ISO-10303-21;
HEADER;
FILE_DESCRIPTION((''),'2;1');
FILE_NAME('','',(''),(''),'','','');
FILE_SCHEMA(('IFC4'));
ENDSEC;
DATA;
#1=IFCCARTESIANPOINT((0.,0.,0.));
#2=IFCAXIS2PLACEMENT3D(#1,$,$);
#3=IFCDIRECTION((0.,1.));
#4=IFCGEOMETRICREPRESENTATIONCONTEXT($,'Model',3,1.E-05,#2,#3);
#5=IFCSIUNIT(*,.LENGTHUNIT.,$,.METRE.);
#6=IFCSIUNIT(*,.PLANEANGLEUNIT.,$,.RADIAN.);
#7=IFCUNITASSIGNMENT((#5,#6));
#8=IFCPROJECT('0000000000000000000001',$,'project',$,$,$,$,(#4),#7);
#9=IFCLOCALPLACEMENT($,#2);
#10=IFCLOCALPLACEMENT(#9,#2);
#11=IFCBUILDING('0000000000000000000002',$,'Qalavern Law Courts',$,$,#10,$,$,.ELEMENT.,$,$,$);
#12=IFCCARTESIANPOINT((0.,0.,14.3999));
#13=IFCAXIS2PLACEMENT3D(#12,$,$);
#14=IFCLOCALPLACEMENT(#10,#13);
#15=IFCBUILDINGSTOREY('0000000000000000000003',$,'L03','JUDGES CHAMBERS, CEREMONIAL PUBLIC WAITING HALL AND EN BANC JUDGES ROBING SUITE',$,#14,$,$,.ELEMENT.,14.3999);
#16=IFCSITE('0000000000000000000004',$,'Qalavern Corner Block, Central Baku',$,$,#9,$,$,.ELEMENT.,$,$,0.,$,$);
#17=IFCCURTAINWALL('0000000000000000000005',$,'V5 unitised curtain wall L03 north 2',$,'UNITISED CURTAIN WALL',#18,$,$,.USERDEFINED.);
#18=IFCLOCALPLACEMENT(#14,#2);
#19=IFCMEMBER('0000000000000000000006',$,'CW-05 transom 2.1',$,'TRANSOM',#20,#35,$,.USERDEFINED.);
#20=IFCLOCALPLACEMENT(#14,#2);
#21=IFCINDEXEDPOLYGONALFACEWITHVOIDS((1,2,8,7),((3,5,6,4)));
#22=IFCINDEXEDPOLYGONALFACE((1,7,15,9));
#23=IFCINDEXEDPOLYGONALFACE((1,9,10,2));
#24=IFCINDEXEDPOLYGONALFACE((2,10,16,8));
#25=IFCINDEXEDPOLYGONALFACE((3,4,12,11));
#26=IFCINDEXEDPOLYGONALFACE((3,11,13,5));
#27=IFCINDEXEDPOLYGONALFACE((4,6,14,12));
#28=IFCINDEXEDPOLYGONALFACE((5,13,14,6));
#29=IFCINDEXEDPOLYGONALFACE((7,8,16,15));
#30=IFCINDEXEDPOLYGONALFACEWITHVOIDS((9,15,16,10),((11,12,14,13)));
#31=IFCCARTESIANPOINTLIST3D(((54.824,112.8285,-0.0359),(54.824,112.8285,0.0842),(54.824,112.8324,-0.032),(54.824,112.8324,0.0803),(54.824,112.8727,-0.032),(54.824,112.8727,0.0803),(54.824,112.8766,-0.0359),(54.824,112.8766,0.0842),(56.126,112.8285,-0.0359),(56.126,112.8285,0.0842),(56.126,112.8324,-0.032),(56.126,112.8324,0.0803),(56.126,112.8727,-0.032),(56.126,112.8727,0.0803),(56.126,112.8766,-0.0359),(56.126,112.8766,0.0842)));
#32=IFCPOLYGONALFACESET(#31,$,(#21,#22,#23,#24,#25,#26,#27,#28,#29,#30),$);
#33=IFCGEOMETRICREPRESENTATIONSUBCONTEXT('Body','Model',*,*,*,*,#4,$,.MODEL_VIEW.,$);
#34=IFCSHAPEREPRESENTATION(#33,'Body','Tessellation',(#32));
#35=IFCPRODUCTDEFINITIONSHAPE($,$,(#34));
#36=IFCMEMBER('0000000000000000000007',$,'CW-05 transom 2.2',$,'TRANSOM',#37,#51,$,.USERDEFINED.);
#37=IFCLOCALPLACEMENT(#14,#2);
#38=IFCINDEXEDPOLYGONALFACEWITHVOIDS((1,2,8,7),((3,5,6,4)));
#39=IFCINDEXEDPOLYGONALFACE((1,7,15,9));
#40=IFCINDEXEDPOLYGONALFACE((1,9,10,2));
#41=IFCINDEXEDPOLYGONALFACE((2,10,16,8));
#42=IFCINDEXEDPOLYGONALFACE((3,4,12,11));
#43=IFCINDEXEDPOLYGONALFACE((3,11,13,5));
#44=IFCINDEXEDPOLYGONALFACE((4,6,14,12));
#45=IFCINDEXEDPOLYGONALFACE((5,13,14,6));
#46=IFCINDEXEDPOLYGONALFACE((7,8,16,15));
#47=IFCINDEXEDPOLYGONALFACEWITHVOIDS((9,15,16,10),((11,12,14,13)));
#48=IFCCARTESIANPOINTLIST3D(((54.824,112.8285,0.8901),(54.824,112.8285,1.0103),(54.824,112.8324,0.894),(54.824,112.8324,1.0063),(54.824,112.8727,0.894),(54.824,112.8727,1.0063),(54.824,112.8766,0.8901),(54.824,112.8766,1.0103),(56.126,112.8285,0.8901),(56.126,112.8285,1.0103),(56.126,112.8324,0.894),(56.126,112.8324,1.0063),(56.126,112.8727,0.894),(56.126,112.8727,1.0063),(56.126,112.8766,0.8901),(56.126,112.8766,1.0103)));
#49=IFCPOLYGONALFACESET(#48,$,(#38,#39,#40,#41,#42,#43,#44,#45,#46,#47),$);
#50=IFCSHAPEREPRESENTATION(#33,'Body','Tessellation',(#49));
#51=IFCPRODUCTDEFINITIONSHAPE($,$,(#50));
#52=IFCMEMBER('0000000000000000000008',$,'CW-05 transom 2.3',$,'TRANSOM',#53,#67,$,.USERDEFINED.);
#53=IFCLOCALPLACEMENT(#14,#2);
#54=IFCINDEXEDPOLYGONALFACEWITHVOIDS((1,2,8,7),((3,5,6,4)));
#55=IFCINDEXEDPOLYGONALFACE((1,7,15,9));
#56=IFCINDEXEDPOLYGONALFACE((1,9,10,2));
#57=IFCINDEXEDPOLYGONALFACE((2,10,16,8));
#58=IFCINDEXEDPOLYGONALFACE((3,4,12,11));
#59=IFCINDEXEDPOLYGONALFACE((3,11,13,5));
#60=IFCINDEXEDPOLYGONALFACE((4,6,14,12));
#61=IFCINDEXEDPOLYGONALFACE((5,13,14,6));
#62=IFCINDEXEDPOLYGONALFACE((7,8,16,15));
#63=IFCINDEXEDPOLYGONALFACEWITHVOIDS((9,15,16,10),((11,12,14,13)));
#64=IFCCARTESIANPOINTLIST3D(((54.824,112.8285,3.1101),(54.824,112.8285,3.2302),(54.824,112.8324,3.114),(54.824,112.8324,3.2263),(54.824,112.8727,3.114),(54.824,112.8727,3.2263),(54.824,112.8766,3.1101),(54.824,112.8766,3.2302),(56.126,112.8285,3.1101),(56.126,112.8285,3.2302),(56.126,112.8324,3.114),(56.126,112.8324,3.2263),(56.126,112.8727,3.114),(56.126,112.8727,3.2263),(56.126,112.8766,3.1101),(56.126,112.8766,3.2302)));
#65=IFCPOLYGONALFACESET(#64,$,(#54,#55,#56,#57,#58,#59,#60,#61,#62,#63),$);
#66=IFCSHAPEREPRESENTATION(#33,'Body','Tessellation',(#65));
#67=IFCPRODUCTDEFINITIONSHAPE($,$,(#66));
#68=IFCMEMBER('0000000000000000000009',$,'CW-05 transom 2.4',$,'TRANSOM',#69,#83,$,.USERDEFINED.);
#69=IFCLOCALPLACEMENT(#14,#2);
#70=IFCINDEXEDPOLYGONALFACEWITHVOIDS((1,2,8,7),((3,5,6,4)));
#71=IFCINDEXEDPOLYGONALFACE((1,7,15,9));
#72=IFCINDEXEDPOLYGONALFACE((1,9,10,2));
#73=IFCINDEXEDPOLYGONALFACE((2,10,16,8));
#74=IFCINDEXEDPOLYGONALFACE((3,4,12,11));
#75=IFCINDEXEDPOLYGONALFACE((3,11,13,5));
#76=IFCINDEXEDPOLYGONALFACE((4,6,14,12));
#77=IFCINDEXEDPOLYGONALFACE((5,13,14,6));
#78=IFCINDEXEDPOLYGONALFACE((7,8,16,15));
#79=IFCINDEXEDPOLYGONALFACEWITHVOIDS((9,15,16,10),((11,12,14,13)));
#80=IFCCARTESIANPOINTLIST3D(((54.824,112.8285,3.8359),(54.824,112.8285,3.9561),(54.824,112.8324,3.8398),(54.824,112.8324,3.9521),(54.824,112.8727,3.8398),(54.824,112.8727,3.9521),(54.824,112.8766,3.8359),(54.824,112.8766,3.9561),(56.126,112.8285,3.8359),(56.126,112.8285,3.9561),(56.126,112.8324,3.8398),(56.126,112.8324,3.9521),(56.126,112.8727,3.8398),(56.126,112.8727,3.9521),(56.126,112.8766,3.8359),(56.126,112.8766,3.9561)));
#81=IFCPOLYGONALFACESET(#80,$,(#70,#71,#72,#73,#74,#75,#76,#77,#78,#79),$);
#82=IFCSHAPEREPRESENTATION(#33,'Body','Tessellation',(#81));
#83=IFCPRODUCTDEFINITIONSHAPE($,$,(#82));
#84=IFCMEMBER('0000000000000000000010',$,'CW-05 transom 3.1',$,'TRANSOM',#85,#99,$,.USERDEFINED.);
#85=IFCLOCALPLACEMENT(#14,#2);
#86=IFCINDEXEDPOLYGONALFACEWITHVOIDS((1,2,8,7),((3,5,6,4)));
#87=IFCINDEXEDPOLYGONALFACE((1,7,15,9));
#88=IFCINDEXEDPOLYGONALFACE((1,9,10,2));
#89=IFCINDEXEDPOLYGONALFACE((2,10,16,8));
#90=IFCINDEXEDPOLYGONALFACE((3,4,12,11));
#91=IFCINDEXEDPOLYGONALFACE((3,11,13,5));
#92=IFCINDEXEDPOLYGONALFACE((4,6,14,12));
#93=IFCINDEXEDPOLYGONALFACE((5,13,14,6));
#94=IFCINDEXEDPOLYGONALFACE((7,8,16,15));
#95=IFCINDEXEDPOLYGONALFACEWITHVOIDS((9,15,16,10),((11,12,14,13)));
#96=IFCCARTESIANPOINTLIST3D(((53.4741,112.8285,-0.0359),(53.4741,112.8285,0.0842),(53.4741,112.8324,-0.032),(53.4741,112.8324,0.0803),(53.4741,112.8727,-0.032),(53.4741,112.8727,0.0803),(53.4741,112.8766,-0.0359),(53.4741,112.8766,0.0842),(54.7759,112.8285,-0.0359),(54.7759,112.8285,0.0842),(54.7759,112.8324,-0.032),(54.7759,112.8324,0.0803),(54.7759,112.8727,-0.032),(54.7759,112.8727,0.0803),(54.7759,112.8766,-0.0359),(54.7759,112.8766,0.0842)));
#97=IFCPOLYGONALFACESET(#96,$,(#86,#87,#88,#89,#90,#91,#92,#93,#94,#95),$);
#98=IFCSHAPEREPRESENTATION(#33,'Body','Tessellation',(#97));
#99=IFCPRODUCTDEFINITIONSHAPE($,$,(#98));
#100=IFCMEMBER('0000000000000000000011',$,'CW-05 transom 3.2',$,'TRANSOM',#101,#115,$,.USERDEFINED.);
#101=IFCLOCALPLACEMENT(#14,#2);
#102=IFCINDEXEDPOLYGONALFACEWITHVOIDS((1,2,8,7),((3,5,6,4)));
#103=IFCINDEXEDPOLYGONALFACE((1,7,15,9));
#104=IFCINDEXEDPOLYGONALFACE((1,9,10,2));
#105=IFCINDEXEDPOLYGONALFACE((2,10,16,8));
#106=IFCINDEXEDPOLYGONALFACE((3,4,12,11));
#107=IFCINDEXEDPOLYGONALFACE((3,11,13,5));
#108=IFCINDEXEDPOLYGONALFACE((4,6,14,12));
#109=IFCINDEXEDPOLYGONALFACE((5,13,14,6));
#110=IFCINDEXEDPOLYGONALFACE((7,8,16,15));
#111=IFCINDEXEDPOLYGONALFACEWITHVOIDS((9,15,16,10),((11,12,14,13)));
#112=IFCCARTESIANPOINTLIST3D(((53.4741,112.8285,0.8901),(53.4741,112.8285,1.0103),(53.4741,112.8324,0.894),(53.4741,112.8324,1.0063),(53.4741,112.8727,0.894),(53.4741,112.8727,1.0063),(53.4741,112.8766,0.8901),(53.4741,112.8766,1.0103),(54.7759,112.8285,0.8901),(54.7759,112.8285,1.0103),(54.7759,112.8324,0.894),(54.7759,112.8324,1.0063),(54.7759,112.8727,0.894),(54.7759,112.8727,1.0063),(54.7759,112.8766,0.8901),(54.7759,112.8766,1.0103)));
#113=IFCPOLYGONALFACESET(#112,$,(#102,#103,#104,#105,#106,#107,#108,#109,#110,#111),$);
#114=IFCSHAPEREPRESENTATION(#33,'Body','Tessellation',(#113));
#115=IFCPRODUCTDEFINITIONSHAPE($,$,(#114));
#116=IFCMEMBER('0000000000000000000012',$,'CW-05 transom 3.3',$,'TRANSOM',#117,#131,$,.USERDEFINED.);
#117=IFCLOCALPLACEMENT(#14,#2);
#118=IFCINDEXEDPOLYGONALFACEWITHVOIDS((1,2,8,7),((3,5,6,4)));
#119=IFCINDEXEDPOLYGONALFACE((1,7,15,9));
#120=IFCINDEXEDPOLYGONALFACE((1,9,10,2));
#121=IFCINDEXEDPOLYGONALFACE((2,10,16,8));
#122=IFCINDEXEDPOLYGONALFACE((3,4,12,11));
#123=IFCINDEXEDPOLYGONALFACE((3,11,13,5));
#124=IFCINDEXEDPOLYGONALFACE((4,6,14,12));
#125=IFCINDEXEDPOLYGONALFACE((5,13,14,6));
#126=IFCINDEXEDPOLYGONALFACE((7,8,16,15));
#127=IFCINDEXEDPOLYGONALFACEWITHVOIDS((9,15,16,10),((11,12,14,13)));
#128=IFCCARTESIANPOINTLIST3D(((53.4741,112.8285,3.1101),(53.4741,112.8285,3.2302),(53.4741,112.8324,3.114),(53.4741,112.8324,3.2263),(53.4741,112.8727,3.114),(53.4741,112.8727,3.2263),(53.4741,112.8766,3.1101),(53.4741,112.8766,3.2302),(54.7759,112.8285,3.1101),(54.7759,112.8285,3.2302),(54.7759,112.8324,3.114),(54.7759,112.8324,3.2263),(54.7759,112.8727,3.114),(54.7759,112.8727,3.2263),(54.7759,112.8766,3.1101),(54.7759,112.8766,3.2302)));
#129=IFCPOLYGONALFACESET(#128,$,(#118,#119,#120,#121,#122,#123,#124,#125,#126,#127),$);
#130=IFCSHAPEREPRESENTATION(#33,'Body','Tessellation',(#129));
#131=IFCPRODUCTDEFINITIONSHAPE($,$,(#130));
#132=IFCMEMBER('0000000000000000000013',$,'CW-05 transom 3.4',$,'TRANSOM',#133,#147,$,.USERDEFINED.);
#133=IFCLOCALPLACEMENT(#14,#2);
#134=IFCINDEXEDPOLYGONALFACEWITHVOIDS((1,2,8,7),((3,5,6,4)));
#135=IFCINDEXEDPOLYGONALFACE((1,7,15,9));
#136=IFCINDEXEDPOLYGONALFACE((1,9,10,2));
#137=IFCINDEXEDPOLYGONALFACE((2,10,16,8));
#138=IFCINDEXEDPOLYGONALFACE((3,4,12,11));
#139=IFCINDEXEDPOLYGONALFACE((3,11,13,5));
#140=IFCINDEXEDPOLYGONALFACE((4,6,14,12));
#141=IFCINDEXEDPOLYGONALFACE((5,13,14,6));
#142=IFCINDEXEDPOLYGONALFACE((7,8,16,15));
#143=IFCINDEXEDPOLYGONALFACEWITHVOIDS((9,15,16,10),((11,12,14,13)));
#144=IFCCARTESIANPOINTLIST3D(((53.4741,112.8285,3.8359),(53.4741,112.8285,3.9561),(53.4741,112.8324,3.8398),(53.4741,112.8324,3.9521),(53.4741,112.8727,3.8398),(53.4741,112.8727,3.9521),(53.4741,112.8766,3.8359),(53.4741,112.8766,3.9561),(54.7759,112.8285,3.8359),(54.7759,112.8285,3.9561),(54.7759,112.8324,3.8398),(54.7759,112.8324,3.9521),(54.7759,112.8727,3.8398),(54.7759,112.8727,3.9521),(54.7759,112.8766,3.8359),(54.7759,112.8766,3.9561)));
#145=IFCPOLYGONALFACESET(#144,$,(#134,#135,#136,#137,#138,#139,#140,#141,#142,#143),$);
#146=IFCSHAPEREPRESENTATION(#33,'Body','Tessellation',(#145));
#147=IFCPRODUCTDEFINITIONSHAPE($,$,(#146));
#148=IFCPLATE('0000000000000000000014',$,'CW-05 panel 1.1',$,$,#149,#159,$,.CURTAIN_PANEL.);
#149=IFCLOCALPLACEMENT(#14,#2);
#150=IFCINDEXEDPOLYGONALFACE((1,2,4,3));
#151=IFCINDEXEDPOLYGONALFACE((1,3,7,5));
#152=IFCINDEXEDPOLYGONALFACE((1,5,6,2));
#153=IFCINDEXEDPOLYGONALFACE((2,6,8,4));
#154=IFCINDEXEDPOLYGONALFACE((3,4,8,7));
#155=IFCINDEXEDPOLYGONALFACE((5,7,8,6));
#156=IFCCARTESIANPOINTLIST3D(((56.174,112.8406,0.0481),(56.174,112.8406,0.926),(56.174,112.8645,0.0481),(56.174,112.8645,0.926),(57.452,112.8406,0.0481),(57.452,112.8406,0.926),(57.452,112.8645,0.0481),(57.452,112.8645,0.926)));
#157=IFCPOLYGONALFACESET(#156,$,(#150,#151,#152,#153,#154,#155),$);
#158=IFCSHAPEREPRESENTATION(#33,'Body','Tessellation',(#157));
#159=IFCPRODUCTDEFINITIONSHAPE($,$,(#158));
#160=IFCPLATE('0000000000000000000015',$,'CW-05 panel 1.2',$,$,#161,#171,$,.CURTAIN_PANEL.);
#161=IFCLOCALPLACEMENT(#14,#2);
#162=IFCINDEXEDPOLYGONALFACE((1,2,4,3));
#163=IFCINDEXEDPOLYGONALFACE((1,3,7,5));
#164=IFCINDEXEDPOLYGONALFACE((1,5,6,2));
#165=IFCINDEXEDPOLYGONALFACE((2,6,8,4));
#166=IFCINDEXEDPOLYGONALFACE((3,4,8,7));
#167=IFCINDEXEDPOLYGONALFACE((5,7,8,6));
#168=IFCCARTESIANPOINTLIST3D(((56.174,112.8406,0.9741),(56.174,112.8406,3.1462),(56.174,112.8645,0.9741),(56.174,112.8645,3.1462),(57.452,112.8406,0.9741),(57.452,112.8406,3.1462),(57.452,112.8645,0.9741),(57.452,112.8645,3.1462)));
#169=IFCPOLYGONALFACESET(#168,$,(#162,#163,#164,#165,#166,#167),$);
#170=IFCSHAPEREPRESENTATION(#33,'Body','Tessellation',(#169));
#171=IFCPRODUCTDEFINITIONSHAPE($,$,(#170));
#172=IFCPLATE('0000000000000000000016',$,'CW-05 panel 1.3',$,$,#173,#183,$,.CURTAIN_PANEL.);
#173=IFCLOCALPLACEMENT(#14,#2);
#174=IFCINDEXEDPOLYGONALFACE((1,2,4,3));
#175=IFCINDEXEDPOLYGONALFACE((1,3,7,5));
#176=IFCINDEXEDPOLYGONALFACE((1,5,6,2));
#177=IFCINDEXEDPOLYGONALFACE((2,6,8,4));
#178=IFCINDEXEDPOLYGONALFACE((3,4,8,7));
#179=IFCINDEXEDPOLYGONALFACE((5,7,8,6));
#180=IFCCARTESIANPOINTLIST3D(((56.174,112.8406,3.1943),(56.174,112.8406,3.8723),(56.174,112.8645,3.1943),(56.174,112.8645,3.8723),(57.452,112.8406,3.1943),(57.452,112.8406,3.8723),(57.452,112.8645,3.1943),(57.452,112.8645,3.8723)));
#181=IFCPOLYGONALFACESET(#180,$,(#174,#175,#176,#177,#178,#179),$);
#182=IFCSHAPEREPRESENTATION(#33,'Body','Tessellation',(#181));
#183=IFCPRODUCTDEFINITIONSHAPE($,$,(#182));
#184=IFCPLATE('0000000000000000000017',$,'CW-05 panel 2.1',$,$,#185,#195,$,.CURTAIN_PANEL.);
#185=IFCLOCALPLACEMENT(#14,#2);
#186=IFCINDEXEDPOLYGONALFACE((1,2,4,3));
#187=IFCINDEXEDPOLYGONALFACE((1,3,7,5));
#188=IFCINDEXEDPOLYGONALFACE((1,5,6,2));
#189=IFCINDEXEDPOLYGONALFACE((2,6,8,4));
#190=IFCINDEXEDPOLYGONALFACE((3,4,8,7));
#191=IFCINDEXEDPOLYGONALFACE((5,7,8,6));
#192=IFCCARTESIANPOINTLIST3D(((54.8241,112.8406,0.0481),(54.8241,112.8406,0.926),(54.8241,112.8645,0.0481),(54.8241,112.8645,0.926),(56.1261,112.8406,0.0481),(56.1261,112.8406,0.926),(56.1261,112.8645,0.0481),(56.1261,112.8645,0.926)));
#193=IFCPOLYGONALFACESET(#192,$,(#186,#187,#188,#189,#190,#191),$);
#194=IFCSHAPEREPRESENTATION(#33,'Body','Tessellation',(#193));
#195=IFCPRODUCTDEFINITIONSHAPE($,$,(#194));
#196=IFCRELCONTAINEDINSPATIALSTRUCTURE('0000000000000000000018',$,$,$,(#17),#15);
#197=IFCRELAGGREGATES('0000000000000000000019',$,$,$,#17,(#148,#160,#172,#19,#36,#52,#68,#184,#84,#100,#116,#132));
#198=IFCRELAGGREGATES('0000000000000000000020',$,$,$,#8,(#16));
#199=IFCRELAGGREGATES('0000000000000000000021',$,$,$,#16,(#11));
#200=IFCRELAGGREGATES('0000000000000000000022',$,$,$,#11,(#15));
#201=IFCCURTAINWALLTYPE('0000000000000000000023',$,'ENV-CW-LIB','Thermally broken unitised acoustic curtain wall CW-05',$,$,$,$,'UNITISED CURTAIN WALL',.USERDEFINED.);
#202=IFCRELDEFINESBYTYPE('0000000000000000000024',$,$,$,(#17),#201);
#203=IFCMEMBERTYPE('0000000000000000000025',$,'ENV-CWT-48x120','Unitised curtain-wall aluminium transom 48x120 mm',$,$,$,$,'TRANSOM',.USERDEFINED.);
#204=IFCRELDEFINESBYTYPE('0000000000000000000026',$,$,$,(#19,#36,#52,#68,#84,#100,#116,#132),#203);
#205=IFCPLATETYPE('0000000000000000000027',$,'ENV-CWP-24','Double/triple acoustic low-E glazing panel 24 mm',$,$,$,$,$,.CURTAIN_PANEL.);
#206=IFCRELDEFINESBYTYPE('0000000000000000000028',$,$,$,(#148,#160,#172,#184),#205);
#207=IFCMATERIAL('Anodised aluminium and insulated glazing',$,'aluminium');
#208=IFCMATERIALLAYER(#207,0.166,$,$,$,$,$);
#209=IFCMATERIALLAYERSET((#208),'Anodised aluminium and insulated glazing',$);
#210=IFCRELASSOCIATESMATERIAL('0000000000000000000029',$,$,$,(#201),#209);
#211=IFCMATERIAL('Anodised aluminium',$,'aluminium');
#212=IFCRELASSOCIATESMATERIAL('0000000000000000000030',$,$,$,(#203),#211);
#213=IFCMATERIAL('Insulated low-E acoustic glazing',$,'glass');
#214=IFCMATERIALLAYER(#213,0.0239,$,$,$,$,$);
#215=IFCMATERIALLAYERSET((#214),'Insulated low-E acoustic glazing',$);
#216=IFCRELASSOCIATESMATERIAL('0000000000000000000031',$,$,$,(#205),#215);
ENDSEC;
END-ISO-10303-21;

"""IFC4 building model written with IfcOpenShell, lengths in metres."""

from ifc_helpers import new_model, si_unit, direction, frame, origin, origin_2d, place, context, subcontext, project, spatial, rectangle, hollow_rectangle, extrude, material, layer, layer_set, material_profile, profile_set, type_object, element, aggregate, save


model = new_model("IFC4")

# Units and contexts
model_context = context("Model", 3, precision=1e-05, world=origin(), true_north=direction((0.0, 1.0)))
body_context = subcontext(model_context, "Body", "Model", "MODEL_VIEW")
ifc_project = project(units=[si_unit("LENGTHUNIT", "METRE"), si_unit("PLANEANGLEUNIT", "RADIAN")], contexts=[model_context])

# Site, building, storey
site_placement = place(None, origin())
site = spatial("IfcSite", under=ifc_project, at=site_placement, Name="Qalavern Corner Block, Central Baku", CompositionType="ELEMENT", RefElevation=0.0)
building_placement = place(site_placement, origin())
building = spatial("IfcBuilding", under=site, at=building_placement, Name="Qalavern Law Courts", CompositionType="ELEMENT")
storey_placement = place(building_placement, frame((0.0, 0.0, 14.3999)))
storey = spatial("IfcBuildingStorey", under=building, at=storey_placement, Name="L03", Description="JUDGES CHAMBERS, CEREMONIAL PUBLIC WAITING HALL AND EN BANC JUDGES ROBING SUITE", CompositionType="ELEMENT", Elevation=14.3999)

# Shared definitions
ifc_material_1 = material(Name="Anodised aluminium and insulated glazing", Category="aluminium")
ifc_layer_1 = layer(ifc_material_1, 0.166)
ifc_layer_set_1 = layer_set([ifc_layer_1], Name="Anodised aluminium and insulated glazing")
curtain_wall_type = type_object("IfcCurtainWallType", Name="ENV-CW-LIB", Description="Thermally broken unitised acoustic curtain wall CW-05", ElementType="UNITISED CURTAIN WALL", PredefinedType="USERDEFINED", material=ifc_layer_set_1)
ifc_material_2 = material(Name="Anodised aluminium", Category="aluminium")

# Curtain wall
curtain_wall_1_placement = place(storey_placement, origin())
curtain_wall_1 = element("IfcCurtainWall", 1, at=curtain_wall_1_placement, inside=storey, type_object=curtain_wall_type, Name="V5 unitised curtain wall L03 north 2", ObjectType="UNITISED CURTAIN WALL", PredefinedType="USERDEFINED")

# Members
ifc_material_profile_1 = material_profile(ifc_material_2, hollow_rectangle(XDim=0.0481, YDim=0.1201, WallThickness=0.0039, at=origin_2d()), Name="ALU TRANSOM 48x120")
ifc_profile_set_1 = profile_set([ifc_material_profile_1], Name="Anodised aluminium")
member_type_1 = type_object("IfcMemberType", Name="ENV-CWT-48x120", Description="Unitised curtain-wall aluminium transom 48x120 mm", ElementType="TRANSOM", PredefinedType="USERDEFINED", material=ifc_profile_set_1)
member_1_placement = place(storey_placement, frame((56.126, 112.8525, 0.0242), z_axis=(-1.0, 0.0, 0.0), x_axis=(0.0, -1.0, 0.0)))
member_1 = element("IfcMember", 2, at=member_1_placement, type_object=member_type_1, Name="CW-05 transom 2.1", ObjectType="TRANSOM", PredefinedType="USERDEFINED", context=body_context, shape_type="SweptSolid", body=[
    extrude(hollow_rectangle(XDim=0.0481, YDim=0.1201, WallThickness=0.0039, at=origin_2d()), origin(), (0.0, 0.0, 1.0), 1.302),
])
member_2_placement = place(storey_placement, frame((56.126, 112.8525, 0.9502), z_axis=(-1.0, 0.0, 0.0), x_axis=(0.0, -1.0, 0.0)))
member_2 = element("IfcMember", 3, at=member_2_placement, type_object=member_type_1, Name="CW-05 transom 2.2", ObjectType="TRANSOM", PredefinedType="USERDEFINED", context=body_context, shape_type="SweptSolid", body=[
    extrude(hollow_rectangle(XDim=0.0481, YDim=0.1201, WallThickness=0.0039, at=origin_2d()), origin(), (0.0, 0.0, 1.0), 1.302),
])
member_3_placement = place(storey_placement, frame((56.126, 112.8525, 3.1702), z_axis=(-1.0, 0.0, 0.0), x_axis=(0.0, -1.0, 0.0)))
member_3 = element("IfcMember", 4, at=member_3_placement, type_object=member_type_1, Name="CW-05 transom 2.3", ObjectType="TRANSOM", PredefinedType="USERDEFINED", context=body_context, shape_type="SweptSolid", body=[
    extrude(hollow_rectangle(XDim=0.0481, YDim=0.1201, WallThickness=0.0039, at=origin_2d()), origin(), (0.0, 0.0, 1.0), 1.302),
])
member_4_placement = place(storey_placement, frame((56.126, 112.8525, 3.896), z_axis=(-1.0, 0.0, 0.0), x_axis=(0.0, -1.0, 0.0)))
member_4 = element("IfcMember", 5, at=member_4_placement, type_object=member_type_1, Name="CW-05 transom 2.4", ObjectType="TRANSOM", PredefinedType="USERDEFINED", context=body_context, shape_type="SweptSolid", body=[
    extrude(hollow_rectangle(XDim=0.0481, YDim=0.1201, WallThickness=0.0039, at=origin_2d()), origin(), (0.0, 0.0, 1.0), 1.302),
])
member_5_placement = place(storey_placement, frame((54.7759, 112.8525, 0.0242), z_axis=(-1.0, 0.0, 0.0), x_axis=(0.0, -1.0, 0.0)))
member_5 = element("IfcMember", 6, at=member_5_placement, type_object=member_type_1, Name="CW-05 transom 3.1", ObjectType="TRANSOM", PredefinedType="USERDEFINED", context=body_context, shape_type="SweptSolid", body=[
    extrude(hollow_rectangle(XDim=0.0481, YDim=0.1201, WallThickness=0.0039, at=origin_2d()), origin(), (0.0, 0.0, 1.0), 1.3018),
])
member_6_placement = place(storey_placement, frame((54.7759, 112.8525, 0.9502), z_axis=(-1.0, 0.0, 0.0), x_axis=(0.0, -1.0, 0.0)))
member_6 = element("IfcMember", 7, at=member_6_placement, type_object=member_type_1, Name="CW-05 transom 3.2", ObjectType="TRANSOM", PredefinedType="USERDEFINED", context=body_context, shape_type="SweptSolid", body=[
    extrude(hollow_rectangle(XDim=0.0481, YDim=0.1201, WallThickness=0.0039, at=origin_2d()), origin(), (0.0, 0.0, 1.0), 1.3018),
])
member_7_placement = place(storey_placement, frame((54.7759, 112.8525, 3.1702), z_axis=(-1.0, 0.0, 0.0), x_axis=(0.0, -1.0, 0.0)))
member_7 = element("IfcMember", 8, at=member_7_placement, type_object=member_type_1, Name="CW-05 transom 3.3", ObjectType="TRANSOM", PredefinedType="USERDEFINED", context=body_context, shape_type="SweptSolid", body=[
    extrude(hollow_rectangle(XDim=0.0481, YDim=0.1201, WallThickness=0.0039, at=origin_2d()), origin(), (0.0, 0.0, 1.0), 1.3018),
])
member_8_placement = place(storey_placement, frame((54.7759, 112.8525, 3.896), z_axis=(-1.0, 0.0, 0.0), x_axis=(0.0, -1.0, 0.0)))
member_8 = element("IfcMember", 9, at=member_8_placement, type_object=member_type_1, Name="CW-05 transom 3.4", ObjectType="TRANSOM", PredefinedType="USERDEFINED", context=body_context, shape_type="SweptSolid", body=[
    extrude(hollow_rectangle(XDim=0.0481, YDim=0.1201, WallThickness=0.0039, at=origin_2d()), origin(), (0.0, 0.0, 1.0), 1.3018),
])

# Plates
ifc_material_3 = material(Name="Insulated low-E acoustic glazing", Category="glass")
ifc_layer_2 = layer(ifc_material_3, 0.0239)
ifc_layer_set_2 = layer_set([ifc_layer_2], Name="Insulated low-E acoustic glazing")
plate_type_1 = type_object("IfcPlateType", Name="ENV-CWP-24", Description="Double/triple acoustic low-E glazing panel 24 mm", PredefinedType="CURTAIN_PANEL", material=ifc_layer_set_2)
plate_1_placement = place(storey_placement, frame((56.813, 112.8525, 0.0481), z_axis=(0.0, 0.0, 1.0), x_axis=(-1.0, 0.0, 0.0)))
plate_1 = element("IfcPlate", 10, at=plate_1_placement, type_object=plate_type_1, Name="CW-05 panel 1.1", PredefinedType="CURTAIN_PANEL", context=body_context, shape_type="SweptSolid", body=[
    extrude(rectangle(XDim=1.2781, YDim=0.0239, at=origin_2d()), origin(), (0.0, 0.0, 1.0), 0.8779),
])
plate_2_placement = place(storey_placement, frame((56.813, 112.8525, 0.9741), z_axis=(0.0, 0.0, 1.0), x_axis=(-1.0, 0.0, 0.0)))
plate_2 = element("IfcPlate", 11, at=plate_2_placement, type_object=plate_type_1, Name="CW-05 panel 1.2", PredefinedType="CURTAIN_PANEL", context=body_context, shape_type="SweptSolid", body=[
    extrude(rectangle(XDim=1.2781, YDim=0.0239, at=origin_2d()), origin(), (0.0, 0.0, 1.0), 2.1721),
])
plate_3_placement = place(storey_placement, frame((56.813, 112.8525, 3.1943), z_axis=(0.0, 0.0, 1.0), x_axis=(-1.0, 0.0, 0.0)))
plate_3 = element("IfcPlate", 12, at=plate_3_placement, type_object=plate_type_1, Name="CW-05 panel 1.3", PredefinedType="CURTAIN_PANEL", context=body_context, shape_type="SweptSolid", body=[
    extrude(rectangle(XDim=1.2781, YDim=0.0239, at=origin_2d()), origin(), (0.0, 0.0, 1.0), 0.678),
])
plate_4_placement = place(storey_placement, frame((55.4751, 112.8525, 0.0481), z_axis=(0.0, 0.0, 1.0), x_axis=(-1.0, 0.0, 0.0)))
plate_4 = element("IfcPlate", 13, at=plate_4_placement, type_object=plate_type_1, Name="CW-05 panel 2.1", PredefinedType="CURTAIN_PANEL", context=body_context, shape_type="SweptSolid", body=[
    extrude(rectangle(XDim=1.302, YDim=0.0239, at=origin_2d()), origin(), (0.0, 0.0, 1.0), 0.8779),
])
aggregate(curtain_wall_1, [plate_1, plate_2, plate_3, member_1, member_2, member_3, member_4, plate_4, member_5, member_6, member_7, member_8])

save(model, "model.ifc")
